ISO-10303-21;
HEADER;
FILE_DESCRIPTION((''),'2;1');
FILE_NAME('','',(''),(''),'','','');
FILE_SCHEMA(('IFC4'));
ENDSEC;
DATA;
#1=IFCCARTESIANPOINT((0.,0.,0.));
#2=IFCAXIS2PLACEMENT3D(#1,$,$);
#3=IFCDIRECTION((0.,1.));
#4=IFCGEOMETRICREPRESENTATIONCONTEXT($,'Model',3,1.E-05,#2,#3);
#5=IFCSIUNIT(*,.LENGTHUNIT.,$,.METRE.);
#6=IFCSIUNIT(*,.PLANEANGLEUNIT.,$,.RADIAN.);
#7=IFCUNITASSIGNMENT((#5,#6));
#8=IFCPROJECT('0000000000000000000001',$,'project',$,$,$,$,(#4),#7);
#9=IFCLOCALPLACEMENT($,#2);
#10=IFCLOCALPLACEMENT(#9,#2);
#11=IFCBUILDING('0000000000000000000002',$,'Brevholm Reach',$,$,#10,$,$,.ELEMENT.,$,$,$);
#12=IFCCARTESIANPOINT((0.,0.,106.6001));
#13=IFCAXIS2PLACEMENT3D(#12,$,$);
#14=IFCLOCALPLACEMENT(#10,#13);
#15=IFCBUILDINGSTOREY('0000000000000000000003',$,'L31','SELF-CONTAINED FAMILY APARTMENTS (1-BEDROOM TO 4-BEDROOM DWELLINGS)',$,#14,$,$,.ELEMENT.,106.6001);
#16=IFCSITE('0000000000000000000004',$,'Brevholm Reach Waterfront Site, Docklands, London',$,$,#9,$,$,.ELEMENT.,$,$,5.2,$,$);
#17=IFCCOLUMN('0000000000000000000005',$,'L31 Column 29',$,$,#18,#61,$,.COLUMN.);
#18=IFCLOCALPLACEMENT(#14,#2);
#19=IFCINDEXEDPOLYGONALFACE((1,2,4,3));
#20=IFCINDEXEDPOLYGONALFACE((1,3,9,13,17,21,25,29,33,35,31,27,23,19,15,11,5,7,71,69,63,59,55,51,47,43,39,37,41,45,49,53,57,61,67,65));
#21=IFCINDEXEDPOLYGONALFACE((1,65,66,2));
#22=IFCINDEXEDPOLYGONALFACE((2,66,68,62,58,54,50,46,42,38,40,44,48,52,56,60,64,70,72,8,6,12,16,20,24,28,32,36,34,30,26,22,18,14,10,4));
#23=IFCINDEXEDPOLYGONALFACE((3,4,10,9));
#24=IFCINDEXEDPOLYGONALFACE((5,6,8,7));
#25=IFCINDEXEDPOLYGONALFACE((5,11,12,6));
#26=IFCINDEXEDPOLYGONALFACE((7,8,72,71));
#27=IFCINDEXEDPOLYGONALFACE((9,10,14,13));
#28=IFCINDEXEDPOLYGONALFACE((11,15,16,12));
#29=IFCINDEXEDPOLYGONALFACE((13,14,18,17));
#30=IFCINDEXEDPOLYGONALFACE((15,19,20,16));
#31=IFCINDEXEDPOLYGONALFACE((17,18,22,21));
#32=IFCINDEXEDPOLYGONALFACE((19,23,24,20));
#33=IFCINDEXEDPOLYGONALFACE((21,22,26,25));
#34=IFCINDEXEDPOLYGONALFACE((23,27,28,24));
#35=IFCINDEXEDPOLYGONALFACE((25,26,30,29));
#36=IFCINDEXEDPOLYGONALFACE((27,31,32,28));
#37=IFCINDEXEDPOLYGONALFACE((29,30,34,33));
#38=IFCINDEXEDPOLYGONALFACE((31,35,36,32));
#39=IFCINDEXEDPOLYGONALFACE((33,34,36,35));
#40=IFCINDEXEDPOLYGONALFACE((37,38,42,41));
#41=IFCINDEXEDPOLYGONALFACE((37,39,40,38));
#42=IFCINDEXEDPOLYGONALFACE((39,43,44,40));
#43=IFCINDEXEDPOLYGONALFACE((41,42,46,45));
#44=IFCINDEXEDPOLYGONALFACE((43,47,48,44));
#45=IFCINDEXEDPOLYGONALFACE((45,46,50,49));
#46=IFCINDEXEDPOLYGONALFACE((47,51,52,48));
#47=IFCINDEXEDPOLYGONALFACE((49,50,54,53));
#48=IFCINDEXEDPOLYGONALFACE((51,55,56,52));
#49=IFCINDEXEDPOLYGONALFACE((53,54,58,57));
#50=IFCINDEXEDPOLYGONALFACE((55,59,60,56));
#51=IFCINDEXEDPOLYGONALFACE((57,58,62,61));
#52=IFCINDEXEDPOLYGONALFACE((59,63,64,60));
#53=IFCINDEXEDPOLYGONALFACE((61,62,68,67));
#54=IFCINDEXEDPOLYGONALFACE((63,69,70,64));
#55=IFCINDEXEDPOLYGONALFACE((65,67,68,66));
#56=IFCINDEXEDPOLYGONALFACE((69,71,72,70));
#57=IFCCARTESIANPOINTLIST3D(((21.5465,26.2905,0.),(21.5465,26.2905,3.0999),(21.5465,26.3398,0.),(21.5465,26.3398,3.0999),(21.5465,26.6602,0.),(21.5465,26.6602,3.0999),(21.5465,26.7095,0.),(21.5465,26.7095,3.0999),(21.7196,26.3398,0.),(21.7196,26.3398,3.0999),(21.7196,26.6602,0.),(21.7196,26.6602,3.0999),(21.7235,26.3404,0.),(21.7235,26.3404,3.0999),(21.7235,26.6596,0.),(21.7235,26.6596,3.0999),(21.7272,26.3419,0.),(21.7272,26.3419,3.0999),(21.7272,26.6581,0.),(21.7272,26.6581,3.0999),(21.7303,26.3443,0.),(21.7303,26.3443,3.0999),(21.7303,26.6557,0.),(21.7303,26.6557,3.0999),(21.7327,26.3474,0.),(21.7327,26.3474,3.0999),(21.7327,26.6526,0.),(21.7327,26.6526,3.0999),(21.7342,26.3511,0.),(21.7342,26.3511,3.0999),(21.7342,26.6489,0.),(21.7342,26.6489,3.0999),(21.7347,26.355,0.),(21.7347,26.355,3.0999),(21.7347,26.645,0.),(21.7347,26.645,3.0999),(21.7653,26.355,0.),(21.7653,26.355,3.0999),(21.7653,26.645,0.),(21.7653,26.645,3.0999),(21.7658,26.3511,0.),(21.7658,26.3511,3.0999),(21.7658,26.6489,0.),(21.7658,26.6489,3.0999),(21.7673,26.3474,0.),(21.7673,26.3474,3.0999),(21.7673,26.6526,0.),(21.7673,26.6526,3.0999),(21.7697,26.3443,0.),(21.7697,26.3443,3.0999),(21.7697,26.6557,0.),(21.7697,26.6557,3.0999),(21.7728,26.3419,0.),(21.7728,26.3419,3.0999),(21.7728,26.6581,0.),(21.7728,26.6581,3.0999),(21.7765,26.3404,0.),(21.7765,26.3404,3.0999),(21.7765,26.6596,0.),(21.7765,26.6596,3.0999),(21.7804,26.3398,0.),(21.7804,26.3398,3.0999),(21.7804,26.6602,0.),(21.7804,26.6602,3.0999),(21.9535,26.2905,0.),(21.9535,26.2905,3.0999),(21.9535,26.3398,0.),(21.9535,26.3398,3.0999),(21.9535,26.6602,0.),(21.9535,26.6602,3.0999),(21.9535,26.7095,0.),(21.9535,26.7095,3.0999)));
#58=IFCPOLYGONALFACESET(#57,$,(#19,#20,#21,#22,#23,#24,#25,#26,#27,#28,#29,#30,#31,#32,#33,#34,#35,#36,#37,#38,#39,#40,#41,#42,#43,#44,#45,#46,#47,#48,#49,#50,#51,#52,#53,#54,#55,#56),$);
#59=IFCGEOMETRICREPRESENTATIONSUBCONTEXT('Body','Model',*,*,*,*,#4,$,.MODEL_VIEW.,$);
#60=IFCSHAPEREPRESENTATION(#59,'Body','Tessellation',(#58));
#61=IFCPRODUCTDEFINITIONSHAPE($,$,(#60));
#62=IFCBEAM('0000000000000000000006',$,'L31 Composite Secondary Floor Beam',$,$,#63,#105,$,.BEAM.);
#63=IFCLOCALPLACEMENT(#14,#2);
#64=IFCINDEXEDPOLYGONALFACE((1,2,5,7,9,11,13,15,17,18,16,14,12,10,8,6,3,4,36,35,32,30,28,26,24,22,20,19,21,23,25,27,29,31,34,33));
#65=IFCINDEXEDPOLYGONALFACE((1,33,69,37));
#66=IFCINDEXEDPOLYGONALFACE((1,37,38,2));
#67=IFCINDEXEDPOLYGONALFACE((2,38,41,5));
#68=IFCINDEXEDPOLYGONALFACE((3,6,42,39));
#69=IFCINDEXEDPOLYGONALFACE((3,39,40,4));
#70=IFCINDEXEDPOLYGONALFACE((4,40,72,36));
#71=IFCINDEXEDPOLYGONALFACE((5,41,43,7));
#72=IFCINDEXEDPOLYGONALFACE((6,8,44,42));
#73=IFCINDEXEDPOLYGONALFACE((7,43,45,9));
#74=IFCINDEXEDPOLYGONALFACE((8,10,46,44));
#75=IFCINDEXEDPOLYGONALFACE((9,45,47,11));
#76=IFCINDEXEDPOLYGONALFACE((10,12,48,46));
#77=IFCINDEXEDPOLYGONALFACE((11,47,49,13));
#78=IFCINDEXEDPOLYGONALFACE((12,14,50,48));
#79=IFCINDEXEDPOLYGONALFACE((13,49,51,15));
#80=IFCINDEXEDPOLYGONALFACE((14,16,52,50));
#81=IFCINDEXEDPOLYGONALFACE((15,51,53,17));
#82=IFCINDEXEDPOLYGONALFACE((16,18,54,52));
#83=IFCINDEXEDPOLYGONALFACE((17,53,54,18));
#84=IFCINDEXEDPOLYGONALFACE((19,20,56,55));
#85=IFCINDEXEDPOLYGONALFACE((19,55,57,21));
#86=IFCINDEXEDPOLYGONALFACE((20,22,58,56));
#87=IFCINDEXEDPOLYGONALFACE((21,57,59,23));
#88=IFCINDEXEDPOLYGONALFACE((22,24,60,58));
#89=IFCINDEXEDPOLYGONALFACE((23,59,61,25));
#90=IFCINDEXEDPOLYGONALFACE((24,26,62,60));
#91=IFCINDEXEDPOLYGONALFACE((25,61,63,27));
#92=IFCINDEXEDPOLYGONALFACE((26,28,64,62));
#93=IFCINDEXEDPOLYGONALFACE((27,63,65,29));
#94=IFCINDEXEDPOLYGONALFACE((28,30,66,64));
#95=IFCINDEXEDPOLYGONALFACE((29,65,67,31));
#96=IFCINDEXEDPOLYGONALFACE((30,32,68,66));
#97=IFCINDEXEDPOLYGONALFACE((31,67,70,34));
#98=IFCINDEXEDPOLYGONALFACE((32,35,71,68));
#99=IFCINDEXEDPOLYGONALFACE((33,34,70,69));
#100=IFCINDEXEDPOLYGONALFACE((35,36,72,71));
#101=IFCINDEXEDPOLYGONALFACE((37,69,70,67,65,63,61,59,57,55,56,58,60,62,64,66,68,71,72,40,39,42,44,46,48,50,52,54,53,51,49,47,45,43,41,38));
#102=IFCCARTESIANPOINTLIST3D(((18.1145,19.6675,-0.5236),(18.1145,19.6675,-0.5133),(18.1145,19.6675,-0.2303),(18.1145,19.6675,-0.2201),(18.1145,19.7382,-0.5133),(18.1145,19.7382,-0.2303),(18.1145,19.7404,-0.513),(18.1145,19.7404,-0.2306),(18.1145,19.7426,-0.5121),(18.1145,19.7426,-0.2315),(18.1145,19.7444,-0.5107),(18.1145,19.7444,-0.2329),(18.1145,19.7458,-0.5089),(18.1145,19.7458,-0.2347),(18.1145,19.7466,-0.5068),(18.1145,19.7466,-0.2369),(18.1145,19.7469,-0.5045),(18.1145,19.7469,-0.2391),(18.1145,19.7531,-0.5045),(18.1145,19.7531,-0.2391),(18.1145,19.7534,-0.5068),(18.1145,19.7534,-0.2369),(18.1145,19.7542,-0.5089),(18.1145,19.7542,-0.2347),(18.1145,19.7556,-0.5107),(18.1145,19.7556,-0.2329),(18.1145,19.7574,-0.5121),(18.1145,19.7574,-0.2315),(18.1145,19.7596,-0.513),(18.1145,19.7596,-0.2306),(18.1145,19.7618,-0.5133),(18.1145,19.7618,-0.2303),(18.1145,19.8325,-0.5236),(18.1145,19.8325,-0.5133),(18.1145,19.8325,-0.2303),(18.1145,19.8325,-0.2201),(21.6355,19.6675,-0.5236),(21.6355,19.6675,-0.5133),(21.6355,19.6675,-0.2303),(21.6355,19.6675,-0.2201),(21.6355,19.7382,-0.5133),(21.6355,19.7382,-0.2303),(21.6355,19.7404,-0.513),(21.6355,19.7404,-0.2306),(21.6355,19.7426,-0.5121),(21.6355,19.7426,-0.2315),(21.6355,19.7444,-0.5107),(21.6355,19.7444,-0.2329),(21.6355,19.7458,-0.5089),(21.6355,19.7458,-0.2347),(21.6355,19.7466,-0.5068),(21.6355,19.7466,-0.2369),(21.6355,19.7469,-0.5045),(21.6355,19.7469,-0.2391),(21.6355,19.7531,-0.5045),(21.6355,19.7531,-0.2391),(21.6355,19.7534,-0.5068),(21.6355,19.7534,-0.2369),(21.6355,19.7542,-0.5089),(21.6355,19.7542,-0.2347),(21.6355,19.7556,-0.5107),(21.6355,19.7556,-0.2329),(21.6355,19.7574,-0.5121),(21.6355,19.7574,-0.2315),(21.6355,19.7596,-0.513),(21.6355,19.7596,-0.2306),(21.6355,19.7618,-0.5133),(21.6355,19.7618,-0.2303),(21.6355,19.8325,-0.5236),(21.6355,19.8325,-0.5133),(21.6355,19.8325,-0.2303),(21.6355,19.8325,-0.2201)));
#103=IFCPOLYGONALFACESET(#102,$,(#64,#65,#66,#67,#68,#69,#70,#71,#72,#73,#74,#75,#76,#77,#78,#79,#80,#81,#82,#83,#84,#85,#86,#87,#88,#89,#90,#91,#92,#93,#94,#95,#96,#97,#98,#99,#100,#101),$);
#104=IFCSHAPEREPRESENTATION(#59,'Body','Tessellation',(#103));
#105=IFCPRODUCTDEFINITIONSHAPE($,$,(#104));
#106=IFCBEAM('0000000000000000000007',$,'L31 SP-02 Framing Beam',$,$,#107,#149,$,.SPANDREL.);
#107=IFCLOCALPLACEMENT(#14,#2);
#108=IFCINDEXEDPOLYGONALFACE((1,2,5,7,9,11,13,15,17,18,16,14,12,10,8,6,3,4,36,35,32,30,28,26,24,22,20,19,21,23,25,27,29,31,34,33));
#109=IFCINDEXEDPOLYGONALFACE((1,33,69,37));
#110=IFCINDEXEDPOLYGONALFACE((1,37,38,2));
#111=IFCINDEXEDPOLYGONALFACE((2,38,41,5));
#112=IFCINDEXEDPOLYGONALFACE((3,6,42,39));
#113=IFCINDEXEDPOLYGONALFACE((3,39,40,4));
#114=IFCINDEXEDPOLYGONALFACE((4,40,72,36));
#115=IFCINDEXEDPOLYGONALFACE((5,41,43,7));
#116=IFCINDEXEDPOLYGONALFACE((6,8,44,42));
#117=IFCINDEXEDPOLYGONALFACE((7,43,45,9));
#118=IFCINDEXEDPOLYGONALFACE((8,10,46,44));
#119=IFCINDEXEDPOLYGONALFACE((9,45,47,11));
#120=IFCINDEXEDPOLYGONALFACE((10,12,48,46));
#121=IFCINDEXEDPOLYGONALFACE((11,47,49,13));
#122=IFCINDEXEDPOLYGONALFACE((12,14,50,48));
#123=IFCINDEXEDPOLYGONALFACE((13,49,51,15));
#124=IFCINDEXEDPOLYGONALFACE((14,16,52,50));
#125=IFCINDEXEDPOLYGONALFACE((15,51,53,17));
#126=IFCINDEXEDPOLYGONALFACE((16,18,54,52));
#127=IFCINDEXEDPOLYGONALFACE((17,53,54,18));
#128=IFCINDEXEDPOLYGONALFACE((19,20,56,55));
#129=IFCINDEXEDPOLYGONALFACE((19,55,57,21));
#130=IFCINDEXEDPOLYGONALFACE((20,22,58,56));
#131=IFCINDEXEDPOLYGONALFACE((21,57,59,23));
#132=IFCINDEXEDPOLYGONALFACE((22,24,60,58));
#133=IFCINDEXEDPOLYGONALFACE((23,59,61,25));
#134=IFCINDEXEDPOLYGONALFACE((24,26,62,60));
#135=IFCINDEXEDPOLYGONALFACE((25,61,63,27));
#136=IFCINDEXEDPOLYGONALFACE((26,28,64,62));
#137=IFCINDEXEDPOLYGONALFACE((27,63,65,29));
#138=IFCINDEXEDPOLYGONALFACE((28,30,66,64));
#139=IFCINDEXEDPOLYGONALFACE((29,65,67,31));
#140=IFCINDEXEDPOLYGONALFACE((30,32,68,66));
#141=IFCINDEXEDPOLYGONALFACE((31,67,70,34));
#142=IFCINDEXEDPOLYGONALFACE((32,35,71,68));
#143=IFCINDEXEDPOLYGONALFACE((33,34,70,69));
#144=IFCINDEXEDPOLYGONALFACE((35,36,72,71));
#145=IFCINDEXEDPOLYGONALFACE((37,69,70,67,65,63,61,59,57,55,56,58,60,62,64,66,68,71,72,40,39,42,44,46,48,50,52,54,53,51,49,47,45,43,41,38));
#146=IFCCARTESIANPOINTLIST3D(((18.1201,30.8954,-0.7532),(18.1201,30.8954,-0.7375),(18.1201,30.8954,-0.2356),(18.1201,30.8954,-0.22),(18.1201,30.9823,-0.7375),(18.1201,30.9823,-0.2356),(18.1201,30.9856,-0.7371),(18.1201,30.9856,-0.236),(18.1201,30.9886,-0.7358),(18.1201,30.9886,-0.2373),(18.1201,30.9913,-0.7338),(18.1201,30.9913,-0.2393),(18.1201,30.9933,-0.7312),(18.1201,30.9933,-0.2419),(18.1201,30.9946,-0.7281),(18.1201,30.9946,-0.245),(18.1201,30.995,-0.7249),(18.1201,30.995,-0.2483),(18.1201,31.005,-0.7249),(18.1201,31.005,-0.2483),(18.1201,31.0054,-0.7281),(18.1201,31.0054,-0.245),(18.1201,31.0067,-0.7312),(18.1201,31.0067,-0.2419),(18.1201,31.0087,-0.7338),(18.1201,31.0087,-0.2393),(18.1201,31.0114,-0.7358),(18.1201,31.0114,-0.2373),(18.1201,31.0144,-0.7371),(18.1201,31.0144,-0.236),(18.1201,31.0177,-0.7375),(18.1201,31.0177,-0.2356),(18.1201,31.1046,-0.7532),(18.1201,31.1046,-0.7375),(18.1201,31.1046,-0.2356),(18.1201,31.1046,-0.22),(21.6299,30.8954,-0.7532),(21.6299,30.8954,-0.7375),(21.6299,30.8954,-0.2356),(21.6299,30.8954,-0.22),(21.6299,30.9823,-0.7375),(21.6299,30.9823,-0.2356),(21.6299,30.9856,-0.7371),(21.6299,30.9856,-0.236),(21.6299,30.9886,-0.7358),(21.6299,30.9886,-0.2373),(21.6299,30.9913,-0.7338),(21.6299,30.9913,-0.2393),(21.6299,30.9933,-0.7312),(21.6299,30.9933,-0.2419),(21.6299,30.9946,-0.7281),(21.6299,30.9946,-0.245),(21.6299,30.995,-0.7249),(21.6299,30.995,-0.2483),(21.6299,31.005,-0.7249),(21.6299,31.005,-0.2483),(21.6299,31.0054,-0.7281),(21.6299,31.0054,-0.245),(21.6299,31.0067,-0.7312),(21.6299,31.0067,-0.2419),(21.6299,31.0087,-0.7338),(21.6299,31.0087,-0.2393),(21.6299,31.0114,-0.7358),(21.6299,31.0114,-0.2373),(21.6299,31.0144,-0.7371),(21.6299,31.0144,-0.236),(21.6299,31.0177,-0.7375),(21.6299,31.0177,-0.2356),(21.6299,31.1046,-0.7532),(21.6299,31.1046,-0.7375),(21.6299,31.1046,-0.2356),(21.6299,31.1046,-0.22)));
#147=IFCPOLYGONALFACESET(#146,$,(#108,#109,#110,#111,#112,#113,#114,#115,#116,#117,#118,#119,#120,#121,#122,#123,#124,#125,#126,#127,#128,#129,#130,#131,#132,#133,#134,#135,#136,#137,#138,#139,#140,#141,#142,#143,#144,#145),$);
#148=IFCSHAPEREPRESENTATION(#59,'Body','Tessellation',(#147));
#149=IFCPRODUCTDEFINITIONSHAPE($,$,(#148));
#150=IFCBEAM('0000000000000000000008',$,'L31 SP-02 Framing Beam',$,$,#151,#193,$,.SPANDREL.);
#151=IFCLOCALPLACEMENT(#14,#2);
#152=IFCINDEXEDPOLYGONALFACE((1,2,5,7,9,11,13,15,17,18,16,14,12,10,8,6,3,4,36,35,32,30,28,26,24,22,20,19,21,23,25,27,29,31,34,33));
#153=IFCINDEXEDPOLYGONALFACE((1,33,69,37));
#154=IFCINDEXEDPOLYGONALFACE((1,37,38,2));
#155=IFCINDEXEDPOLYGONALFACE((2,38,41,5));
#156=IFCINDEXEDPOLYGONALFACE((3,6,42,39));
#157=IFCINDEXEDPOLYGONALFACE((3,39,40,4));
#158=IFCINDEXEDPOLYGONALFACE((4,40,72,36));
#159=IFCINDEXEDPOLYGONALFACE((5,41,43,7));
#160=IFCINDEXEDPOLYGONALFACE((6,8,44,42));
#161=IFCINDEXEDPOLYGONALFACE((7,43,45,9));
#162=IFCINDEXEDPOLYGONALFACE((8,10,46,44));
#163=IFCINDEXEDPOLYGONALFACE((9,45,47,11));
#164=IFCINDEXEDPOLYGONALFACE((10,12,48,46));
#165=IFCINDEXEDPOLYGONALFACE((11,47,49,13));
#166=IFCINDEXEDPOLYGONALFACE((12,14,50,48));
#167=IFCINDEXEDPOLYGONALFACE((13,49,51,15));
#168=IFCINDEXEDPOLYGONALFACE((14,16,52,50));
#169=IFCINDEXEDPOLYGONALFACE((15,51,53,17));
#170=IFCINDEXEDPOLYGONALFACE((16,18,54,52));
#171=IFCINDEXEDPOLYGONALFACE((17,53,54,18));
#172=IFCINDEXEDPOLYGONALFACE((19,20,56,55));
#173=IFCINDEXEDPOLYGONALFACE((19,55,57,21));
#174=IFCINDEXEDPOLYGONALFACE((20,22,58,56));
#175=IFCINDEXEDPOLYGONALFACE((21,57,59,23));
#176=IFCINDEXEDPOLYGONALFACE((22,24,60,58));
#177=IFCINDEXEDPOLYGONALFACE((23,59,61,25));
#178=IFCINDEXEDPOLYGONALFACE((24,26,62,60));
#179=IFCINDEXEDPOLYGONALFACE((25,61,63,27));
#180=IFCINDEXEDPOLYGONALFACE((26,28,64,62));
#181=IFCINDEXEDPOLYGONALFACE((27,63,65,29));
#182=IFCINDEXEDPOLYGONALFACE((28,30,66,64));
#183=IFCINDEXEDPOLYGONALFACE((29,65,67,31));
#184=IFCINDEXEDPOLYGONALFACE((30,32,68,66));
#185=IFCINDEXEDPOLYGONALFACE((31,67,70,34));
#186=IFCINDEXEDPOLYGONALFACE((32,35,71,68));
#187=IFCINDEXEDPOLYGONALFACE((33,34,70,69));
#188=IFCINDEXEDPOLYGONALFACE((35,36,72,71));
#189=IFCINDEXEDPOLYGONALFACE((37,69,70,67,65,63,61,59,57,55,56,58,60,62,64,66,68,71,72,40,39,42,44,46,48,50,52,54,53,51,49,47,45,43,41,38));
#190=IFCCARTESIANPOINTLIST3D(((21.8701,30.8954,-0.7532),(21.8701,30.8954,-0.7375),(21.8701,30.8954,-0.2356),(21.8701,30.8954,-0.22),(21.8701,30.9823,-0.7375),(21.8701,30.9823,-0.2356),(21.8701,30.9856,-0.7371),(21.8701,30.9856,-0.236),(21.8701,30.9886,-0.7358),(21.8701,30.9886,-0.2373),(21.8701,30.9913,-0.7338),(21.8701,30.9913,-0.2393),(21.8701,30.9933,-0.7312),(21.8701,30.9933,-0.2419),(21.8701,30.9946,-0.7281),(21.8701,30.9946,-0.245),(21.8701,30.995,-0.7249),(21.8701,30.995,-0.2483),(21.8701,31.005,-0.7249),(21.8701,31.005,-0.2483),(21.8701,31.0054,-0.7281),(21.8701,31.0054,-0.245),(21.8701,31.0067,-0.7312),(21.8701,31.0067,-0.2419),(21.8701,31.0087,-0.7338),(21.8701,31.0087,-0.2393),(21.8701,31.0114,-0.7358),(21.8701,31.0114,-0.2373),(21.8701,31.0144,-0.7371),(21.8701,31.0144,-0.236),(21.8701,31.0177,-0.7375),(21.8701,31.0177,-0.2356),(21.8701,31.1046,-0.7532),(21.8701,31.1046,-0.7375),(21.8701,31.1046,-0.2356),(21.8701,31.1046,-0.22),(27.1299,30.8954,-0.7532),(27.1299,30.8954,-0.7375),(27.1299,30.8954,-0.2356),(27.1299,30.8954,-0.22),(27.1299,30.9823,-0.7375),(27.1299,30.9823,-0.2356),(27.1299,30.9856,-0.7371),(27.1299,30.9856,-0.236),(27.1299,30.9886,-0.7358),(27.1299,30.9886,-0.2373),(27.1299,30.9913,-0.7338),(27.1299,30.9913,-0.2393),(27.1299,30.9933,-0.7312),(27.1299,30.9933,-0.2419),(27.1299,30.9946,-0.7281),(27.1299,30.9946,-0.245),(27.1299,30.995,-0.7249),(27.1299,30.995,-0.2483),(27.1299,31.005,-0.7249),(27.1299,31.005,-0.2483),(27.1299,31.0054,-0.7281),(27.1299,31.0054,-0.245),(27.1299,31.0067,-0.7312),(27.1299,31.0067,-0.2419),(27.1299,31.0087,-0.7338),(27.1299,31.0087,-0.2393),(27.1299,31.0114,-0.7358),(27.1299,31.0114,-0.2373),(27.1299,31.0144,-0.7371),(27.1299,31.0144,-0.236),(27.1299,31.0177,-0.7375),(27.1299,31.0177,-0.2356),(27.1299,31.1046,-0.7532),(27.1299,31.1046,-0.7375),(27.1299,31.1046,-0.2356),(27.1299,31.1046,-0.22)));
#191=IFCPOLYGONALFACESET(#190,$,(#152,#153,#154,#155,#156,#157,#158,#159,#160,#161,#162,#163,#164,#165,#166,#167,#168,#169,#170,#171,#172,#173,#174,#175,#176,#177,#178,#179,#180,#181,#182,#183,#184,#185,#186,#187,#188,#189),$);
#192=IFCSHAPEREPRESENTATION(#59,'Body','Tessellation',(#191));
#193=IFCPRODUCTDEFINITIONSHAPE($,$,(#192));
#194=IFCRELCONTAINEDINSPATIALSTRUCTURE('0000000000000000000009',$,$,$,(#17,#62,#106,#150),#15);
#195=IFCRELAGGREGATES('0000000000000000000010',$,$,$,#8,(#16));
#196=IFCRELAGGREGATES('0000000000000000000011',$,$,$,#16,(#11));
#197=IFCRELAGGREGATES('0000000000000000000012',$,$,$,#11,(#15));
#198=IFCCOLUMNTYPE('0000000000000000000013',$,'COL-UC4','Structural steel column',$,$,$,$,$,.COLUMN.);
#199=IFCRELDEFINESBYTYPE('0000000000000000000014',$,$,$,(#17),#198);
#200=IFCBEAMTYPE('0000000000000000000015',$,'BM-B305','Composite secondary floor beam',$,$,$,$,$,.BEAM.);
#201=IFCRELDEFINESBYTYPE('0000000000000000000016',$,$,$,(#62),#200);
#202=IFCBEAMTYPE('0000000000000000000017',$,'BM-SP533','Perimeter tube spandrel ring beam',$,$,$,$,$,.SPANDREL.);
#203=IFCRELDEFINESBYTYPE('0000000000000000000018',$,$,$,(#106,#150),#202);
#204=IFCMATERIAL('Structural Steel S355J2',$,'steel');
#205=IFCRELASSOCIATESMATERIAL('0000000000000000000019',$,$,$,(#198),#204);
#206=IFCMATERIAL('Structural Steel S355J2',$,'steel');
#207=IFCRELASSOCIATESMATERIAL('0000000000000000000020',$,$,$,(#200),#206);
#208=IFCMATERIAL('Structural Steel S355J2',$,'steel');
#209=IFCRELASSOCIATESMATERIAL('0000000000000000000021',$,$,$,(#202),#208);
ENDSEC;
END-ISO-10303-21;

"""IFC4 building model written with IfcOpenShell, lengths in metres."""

from ifc_helpers import new_model, si_unit, direction, frame, origin, origin_2d, place, context, subcontext, project, spatial, i_section, extrude, material, material_profile, profile_set, type_object, element, save


model = new_model("IFC4")

# Units and contexts
model_context = context("Model", 3, precision=1e-05, world=origin(), true_north=direction((0.0, 1.0)))
body_context = subcontext(model_context, "Body", "Model", "MODEL_VIEW")
ifc_project = project(units=[si_unit("LENGTHUNIT", "METRE"), si_unit("PLANEANGLEUNIT", "RADIAN")], contexts=[model_context])

# Site, building, storey
site_placement = place(None, origin())
site = spatial("IfcSite", under=ifc_project, at=site_placement, Name="Brevholm Reach Waterfront Site, Docklands, London", CompositionType="ELEMENT", RefElevation=5.2)
building_placement = place(site_placement, origin())
building = spatial("IfcBuilding", under=site, at=building_placement, Name="Brevholm Reach", CompositionType="ELEMENT")
storey_placement = place(building_placement, frame((0.0, 0.0, 106.6001)))
storey = spatial("IfcBuildingStorey", under=building, at=storey_placement, Name="L31", Description="SELF-CONTAINED FAMILY APARTMENTS (1-BEDROOM TO 4-BEDROOM DWELLINGS)", CompositionType="ELEMENT", Elevation=106.6001)

# Column
ifc_material_1 = material(Name="Structural Steel S355J2", Category="steel")
ifc_material_profile_1 = material_profile(ifc_material_1, i_section(OverallWidth=0.407, OverallDepth=0.4189, WebThickness=0.0305, FlangeThickness=0.0493, FilletRadius=0.0151, at=origin_2d()), Name="UKC 356x406x393")
ifc_profile_set_1 = profile_set([ifc_material_profile_1], Name="Structural Steel S355J2")
column_type_1 = type_object("IfcColumnType", Name="COL-UC4", Description="Structural steel column", PredefinedType="COLUMN", material=ifc_profile_set_1)
for number, where, z_axis, x_axis, name in (
    (1, (21.75, 26.5, 0.0), (0.0, 0.0, 1.0), (1.0, 0.0, 0.0), "L31 Column 29"),
):
    element("IfcColumn", number, at=place(storey_placement, frame(where, z_axis=z_axis, x_axis=x_axis)), inside=storey, type_object=column_type_1, Name=name, PredefinedType="COLUMN", context=body_context, shape_type="SweptSolid", body=[
        extrude(i_section(OverallWidth=0.407, OverallDepth=0.4189, WebThickness=0.0305, FlangeThickness=0.0493, FilletRadius=0.0151, at=origin_2d()), origin(), (0.0, 0.0, 1.0), 3.0999),
    ])

# Beams
ifc_material_2 = material(Name="Structural Steel S355J2", Category="steel")
ifc_material_profile_2 = material_profile(ifc_material_2, i_section(OverallWidth=0.165, OverallDepth=0.3035, WebThickness=0.0061, FlangeThickness=0.0103, FilletRadius=0.0088, at=origin_2d()), Name="UKB 305x165x40")
ifc_profile_set_2 = profile_set([ifc_material_profile_2], Name="Structural Steel S355J2")
beam_type_1 = type_object("IfcBeamType", Name="BM-B305", Description="Composite secondary floor beam", PredefinedType="BEAM", material=ifc_profile_set_2)
beam_1_placement = place(storey_placement, frame((18.1145, 19.75, -0.3718), z_axis=(1.0, 0.0, 0.0), x_axis=(0.0, 1.0, 0.0)))
element("IfcBeam", 2, at=beam_1_placement, inside=storey, type_object=beam_type_1, Name="L31 Composite Secondary Floor Beam", PredefinedType="BEAM", context=body_context, shape_type="SweptSolid", body=[
    extrude(i_section(OverallWidth=0.165, OverallDepth=0.3035, WebThickness=0.0061, FlangeThickness=0.0103, FilletRadius=0.0088, at=origin_2d()), origin(), (0.0, 0.0, 1.0), 3.521),
])
ifc_material_3 = material(Name="Structural Steel S355J2", Category="steel")
ifc_material_profile_3 = material_profile(ifc_material_3, i_section(OverallWidth=0.2092, OverallDepth=0.5332, WebThickness=0.01, FlangeThickness=0.0156, FilletRadius=0.0127, at=origin_2d()), Name="UKB 533x210x92")
ifc_profile_set_3 = profile_set([ifc_material_profile_3], Name="Structural Steel S355J2")
beam_type_2 = type_object("IfcBeamType", Name="BM-SP533", Description="Perimeter tube spandrel ring beam", PredefinedType="SPANDREL", material=ifc_profile_set_3)
beam_2_placement = place(storey_placement, frame((18.1201, 31.0, -0.4866), z_axis=(1.0, 0.0, 0.0), x_axis=(0.0, 1.0, 0.0)))
element("IfcBeam", 3, at=beam_2_placement, inside=storey, type_object=beam_type_2, Name="L31 SP-02 Framing Beam", PredefinedType="SPANDREL", context=body_context, shape_type="SweptSolid", body=[
    extrude(i_section(OverallWidth=0.2092, OverallDepth=0.5332, WebThickness=0.01, FlangeThickness=0.0156, FilletRadius=0.0127, at=origin_2d()), origin(), (0.0, 0.0, 1.0), 3.5098),
])
for number, where, z_axis, x_axis, name in (
    (4, (21.8701, 31.0, -0.4866), (1.0, 0.0, 0.0), (0.0, 1.0, 0.0), "L31 SP-02 Framing Beam"),
):
    element("IfcBeam", number, at=place(storey_placement, frame(where, z_axis=z_axis, x_axis=x_axis)), inside=storey, type_object=beam_type_2, Name=name, PredefinedType="SPANDREL", context=body_context, shape_type="SweptSolid", body=[
        extrude(i_section(OverallWidth=0.2092, OverallDepth=0.5332, WebThickness=0.01, FlangeThickness=0.0156, FilletRadius=0.0127, at=origin_2d()), origin(), (0.0, 0.0, 1.0), 5.2598),
    ])

save(model, "model.ifc")
